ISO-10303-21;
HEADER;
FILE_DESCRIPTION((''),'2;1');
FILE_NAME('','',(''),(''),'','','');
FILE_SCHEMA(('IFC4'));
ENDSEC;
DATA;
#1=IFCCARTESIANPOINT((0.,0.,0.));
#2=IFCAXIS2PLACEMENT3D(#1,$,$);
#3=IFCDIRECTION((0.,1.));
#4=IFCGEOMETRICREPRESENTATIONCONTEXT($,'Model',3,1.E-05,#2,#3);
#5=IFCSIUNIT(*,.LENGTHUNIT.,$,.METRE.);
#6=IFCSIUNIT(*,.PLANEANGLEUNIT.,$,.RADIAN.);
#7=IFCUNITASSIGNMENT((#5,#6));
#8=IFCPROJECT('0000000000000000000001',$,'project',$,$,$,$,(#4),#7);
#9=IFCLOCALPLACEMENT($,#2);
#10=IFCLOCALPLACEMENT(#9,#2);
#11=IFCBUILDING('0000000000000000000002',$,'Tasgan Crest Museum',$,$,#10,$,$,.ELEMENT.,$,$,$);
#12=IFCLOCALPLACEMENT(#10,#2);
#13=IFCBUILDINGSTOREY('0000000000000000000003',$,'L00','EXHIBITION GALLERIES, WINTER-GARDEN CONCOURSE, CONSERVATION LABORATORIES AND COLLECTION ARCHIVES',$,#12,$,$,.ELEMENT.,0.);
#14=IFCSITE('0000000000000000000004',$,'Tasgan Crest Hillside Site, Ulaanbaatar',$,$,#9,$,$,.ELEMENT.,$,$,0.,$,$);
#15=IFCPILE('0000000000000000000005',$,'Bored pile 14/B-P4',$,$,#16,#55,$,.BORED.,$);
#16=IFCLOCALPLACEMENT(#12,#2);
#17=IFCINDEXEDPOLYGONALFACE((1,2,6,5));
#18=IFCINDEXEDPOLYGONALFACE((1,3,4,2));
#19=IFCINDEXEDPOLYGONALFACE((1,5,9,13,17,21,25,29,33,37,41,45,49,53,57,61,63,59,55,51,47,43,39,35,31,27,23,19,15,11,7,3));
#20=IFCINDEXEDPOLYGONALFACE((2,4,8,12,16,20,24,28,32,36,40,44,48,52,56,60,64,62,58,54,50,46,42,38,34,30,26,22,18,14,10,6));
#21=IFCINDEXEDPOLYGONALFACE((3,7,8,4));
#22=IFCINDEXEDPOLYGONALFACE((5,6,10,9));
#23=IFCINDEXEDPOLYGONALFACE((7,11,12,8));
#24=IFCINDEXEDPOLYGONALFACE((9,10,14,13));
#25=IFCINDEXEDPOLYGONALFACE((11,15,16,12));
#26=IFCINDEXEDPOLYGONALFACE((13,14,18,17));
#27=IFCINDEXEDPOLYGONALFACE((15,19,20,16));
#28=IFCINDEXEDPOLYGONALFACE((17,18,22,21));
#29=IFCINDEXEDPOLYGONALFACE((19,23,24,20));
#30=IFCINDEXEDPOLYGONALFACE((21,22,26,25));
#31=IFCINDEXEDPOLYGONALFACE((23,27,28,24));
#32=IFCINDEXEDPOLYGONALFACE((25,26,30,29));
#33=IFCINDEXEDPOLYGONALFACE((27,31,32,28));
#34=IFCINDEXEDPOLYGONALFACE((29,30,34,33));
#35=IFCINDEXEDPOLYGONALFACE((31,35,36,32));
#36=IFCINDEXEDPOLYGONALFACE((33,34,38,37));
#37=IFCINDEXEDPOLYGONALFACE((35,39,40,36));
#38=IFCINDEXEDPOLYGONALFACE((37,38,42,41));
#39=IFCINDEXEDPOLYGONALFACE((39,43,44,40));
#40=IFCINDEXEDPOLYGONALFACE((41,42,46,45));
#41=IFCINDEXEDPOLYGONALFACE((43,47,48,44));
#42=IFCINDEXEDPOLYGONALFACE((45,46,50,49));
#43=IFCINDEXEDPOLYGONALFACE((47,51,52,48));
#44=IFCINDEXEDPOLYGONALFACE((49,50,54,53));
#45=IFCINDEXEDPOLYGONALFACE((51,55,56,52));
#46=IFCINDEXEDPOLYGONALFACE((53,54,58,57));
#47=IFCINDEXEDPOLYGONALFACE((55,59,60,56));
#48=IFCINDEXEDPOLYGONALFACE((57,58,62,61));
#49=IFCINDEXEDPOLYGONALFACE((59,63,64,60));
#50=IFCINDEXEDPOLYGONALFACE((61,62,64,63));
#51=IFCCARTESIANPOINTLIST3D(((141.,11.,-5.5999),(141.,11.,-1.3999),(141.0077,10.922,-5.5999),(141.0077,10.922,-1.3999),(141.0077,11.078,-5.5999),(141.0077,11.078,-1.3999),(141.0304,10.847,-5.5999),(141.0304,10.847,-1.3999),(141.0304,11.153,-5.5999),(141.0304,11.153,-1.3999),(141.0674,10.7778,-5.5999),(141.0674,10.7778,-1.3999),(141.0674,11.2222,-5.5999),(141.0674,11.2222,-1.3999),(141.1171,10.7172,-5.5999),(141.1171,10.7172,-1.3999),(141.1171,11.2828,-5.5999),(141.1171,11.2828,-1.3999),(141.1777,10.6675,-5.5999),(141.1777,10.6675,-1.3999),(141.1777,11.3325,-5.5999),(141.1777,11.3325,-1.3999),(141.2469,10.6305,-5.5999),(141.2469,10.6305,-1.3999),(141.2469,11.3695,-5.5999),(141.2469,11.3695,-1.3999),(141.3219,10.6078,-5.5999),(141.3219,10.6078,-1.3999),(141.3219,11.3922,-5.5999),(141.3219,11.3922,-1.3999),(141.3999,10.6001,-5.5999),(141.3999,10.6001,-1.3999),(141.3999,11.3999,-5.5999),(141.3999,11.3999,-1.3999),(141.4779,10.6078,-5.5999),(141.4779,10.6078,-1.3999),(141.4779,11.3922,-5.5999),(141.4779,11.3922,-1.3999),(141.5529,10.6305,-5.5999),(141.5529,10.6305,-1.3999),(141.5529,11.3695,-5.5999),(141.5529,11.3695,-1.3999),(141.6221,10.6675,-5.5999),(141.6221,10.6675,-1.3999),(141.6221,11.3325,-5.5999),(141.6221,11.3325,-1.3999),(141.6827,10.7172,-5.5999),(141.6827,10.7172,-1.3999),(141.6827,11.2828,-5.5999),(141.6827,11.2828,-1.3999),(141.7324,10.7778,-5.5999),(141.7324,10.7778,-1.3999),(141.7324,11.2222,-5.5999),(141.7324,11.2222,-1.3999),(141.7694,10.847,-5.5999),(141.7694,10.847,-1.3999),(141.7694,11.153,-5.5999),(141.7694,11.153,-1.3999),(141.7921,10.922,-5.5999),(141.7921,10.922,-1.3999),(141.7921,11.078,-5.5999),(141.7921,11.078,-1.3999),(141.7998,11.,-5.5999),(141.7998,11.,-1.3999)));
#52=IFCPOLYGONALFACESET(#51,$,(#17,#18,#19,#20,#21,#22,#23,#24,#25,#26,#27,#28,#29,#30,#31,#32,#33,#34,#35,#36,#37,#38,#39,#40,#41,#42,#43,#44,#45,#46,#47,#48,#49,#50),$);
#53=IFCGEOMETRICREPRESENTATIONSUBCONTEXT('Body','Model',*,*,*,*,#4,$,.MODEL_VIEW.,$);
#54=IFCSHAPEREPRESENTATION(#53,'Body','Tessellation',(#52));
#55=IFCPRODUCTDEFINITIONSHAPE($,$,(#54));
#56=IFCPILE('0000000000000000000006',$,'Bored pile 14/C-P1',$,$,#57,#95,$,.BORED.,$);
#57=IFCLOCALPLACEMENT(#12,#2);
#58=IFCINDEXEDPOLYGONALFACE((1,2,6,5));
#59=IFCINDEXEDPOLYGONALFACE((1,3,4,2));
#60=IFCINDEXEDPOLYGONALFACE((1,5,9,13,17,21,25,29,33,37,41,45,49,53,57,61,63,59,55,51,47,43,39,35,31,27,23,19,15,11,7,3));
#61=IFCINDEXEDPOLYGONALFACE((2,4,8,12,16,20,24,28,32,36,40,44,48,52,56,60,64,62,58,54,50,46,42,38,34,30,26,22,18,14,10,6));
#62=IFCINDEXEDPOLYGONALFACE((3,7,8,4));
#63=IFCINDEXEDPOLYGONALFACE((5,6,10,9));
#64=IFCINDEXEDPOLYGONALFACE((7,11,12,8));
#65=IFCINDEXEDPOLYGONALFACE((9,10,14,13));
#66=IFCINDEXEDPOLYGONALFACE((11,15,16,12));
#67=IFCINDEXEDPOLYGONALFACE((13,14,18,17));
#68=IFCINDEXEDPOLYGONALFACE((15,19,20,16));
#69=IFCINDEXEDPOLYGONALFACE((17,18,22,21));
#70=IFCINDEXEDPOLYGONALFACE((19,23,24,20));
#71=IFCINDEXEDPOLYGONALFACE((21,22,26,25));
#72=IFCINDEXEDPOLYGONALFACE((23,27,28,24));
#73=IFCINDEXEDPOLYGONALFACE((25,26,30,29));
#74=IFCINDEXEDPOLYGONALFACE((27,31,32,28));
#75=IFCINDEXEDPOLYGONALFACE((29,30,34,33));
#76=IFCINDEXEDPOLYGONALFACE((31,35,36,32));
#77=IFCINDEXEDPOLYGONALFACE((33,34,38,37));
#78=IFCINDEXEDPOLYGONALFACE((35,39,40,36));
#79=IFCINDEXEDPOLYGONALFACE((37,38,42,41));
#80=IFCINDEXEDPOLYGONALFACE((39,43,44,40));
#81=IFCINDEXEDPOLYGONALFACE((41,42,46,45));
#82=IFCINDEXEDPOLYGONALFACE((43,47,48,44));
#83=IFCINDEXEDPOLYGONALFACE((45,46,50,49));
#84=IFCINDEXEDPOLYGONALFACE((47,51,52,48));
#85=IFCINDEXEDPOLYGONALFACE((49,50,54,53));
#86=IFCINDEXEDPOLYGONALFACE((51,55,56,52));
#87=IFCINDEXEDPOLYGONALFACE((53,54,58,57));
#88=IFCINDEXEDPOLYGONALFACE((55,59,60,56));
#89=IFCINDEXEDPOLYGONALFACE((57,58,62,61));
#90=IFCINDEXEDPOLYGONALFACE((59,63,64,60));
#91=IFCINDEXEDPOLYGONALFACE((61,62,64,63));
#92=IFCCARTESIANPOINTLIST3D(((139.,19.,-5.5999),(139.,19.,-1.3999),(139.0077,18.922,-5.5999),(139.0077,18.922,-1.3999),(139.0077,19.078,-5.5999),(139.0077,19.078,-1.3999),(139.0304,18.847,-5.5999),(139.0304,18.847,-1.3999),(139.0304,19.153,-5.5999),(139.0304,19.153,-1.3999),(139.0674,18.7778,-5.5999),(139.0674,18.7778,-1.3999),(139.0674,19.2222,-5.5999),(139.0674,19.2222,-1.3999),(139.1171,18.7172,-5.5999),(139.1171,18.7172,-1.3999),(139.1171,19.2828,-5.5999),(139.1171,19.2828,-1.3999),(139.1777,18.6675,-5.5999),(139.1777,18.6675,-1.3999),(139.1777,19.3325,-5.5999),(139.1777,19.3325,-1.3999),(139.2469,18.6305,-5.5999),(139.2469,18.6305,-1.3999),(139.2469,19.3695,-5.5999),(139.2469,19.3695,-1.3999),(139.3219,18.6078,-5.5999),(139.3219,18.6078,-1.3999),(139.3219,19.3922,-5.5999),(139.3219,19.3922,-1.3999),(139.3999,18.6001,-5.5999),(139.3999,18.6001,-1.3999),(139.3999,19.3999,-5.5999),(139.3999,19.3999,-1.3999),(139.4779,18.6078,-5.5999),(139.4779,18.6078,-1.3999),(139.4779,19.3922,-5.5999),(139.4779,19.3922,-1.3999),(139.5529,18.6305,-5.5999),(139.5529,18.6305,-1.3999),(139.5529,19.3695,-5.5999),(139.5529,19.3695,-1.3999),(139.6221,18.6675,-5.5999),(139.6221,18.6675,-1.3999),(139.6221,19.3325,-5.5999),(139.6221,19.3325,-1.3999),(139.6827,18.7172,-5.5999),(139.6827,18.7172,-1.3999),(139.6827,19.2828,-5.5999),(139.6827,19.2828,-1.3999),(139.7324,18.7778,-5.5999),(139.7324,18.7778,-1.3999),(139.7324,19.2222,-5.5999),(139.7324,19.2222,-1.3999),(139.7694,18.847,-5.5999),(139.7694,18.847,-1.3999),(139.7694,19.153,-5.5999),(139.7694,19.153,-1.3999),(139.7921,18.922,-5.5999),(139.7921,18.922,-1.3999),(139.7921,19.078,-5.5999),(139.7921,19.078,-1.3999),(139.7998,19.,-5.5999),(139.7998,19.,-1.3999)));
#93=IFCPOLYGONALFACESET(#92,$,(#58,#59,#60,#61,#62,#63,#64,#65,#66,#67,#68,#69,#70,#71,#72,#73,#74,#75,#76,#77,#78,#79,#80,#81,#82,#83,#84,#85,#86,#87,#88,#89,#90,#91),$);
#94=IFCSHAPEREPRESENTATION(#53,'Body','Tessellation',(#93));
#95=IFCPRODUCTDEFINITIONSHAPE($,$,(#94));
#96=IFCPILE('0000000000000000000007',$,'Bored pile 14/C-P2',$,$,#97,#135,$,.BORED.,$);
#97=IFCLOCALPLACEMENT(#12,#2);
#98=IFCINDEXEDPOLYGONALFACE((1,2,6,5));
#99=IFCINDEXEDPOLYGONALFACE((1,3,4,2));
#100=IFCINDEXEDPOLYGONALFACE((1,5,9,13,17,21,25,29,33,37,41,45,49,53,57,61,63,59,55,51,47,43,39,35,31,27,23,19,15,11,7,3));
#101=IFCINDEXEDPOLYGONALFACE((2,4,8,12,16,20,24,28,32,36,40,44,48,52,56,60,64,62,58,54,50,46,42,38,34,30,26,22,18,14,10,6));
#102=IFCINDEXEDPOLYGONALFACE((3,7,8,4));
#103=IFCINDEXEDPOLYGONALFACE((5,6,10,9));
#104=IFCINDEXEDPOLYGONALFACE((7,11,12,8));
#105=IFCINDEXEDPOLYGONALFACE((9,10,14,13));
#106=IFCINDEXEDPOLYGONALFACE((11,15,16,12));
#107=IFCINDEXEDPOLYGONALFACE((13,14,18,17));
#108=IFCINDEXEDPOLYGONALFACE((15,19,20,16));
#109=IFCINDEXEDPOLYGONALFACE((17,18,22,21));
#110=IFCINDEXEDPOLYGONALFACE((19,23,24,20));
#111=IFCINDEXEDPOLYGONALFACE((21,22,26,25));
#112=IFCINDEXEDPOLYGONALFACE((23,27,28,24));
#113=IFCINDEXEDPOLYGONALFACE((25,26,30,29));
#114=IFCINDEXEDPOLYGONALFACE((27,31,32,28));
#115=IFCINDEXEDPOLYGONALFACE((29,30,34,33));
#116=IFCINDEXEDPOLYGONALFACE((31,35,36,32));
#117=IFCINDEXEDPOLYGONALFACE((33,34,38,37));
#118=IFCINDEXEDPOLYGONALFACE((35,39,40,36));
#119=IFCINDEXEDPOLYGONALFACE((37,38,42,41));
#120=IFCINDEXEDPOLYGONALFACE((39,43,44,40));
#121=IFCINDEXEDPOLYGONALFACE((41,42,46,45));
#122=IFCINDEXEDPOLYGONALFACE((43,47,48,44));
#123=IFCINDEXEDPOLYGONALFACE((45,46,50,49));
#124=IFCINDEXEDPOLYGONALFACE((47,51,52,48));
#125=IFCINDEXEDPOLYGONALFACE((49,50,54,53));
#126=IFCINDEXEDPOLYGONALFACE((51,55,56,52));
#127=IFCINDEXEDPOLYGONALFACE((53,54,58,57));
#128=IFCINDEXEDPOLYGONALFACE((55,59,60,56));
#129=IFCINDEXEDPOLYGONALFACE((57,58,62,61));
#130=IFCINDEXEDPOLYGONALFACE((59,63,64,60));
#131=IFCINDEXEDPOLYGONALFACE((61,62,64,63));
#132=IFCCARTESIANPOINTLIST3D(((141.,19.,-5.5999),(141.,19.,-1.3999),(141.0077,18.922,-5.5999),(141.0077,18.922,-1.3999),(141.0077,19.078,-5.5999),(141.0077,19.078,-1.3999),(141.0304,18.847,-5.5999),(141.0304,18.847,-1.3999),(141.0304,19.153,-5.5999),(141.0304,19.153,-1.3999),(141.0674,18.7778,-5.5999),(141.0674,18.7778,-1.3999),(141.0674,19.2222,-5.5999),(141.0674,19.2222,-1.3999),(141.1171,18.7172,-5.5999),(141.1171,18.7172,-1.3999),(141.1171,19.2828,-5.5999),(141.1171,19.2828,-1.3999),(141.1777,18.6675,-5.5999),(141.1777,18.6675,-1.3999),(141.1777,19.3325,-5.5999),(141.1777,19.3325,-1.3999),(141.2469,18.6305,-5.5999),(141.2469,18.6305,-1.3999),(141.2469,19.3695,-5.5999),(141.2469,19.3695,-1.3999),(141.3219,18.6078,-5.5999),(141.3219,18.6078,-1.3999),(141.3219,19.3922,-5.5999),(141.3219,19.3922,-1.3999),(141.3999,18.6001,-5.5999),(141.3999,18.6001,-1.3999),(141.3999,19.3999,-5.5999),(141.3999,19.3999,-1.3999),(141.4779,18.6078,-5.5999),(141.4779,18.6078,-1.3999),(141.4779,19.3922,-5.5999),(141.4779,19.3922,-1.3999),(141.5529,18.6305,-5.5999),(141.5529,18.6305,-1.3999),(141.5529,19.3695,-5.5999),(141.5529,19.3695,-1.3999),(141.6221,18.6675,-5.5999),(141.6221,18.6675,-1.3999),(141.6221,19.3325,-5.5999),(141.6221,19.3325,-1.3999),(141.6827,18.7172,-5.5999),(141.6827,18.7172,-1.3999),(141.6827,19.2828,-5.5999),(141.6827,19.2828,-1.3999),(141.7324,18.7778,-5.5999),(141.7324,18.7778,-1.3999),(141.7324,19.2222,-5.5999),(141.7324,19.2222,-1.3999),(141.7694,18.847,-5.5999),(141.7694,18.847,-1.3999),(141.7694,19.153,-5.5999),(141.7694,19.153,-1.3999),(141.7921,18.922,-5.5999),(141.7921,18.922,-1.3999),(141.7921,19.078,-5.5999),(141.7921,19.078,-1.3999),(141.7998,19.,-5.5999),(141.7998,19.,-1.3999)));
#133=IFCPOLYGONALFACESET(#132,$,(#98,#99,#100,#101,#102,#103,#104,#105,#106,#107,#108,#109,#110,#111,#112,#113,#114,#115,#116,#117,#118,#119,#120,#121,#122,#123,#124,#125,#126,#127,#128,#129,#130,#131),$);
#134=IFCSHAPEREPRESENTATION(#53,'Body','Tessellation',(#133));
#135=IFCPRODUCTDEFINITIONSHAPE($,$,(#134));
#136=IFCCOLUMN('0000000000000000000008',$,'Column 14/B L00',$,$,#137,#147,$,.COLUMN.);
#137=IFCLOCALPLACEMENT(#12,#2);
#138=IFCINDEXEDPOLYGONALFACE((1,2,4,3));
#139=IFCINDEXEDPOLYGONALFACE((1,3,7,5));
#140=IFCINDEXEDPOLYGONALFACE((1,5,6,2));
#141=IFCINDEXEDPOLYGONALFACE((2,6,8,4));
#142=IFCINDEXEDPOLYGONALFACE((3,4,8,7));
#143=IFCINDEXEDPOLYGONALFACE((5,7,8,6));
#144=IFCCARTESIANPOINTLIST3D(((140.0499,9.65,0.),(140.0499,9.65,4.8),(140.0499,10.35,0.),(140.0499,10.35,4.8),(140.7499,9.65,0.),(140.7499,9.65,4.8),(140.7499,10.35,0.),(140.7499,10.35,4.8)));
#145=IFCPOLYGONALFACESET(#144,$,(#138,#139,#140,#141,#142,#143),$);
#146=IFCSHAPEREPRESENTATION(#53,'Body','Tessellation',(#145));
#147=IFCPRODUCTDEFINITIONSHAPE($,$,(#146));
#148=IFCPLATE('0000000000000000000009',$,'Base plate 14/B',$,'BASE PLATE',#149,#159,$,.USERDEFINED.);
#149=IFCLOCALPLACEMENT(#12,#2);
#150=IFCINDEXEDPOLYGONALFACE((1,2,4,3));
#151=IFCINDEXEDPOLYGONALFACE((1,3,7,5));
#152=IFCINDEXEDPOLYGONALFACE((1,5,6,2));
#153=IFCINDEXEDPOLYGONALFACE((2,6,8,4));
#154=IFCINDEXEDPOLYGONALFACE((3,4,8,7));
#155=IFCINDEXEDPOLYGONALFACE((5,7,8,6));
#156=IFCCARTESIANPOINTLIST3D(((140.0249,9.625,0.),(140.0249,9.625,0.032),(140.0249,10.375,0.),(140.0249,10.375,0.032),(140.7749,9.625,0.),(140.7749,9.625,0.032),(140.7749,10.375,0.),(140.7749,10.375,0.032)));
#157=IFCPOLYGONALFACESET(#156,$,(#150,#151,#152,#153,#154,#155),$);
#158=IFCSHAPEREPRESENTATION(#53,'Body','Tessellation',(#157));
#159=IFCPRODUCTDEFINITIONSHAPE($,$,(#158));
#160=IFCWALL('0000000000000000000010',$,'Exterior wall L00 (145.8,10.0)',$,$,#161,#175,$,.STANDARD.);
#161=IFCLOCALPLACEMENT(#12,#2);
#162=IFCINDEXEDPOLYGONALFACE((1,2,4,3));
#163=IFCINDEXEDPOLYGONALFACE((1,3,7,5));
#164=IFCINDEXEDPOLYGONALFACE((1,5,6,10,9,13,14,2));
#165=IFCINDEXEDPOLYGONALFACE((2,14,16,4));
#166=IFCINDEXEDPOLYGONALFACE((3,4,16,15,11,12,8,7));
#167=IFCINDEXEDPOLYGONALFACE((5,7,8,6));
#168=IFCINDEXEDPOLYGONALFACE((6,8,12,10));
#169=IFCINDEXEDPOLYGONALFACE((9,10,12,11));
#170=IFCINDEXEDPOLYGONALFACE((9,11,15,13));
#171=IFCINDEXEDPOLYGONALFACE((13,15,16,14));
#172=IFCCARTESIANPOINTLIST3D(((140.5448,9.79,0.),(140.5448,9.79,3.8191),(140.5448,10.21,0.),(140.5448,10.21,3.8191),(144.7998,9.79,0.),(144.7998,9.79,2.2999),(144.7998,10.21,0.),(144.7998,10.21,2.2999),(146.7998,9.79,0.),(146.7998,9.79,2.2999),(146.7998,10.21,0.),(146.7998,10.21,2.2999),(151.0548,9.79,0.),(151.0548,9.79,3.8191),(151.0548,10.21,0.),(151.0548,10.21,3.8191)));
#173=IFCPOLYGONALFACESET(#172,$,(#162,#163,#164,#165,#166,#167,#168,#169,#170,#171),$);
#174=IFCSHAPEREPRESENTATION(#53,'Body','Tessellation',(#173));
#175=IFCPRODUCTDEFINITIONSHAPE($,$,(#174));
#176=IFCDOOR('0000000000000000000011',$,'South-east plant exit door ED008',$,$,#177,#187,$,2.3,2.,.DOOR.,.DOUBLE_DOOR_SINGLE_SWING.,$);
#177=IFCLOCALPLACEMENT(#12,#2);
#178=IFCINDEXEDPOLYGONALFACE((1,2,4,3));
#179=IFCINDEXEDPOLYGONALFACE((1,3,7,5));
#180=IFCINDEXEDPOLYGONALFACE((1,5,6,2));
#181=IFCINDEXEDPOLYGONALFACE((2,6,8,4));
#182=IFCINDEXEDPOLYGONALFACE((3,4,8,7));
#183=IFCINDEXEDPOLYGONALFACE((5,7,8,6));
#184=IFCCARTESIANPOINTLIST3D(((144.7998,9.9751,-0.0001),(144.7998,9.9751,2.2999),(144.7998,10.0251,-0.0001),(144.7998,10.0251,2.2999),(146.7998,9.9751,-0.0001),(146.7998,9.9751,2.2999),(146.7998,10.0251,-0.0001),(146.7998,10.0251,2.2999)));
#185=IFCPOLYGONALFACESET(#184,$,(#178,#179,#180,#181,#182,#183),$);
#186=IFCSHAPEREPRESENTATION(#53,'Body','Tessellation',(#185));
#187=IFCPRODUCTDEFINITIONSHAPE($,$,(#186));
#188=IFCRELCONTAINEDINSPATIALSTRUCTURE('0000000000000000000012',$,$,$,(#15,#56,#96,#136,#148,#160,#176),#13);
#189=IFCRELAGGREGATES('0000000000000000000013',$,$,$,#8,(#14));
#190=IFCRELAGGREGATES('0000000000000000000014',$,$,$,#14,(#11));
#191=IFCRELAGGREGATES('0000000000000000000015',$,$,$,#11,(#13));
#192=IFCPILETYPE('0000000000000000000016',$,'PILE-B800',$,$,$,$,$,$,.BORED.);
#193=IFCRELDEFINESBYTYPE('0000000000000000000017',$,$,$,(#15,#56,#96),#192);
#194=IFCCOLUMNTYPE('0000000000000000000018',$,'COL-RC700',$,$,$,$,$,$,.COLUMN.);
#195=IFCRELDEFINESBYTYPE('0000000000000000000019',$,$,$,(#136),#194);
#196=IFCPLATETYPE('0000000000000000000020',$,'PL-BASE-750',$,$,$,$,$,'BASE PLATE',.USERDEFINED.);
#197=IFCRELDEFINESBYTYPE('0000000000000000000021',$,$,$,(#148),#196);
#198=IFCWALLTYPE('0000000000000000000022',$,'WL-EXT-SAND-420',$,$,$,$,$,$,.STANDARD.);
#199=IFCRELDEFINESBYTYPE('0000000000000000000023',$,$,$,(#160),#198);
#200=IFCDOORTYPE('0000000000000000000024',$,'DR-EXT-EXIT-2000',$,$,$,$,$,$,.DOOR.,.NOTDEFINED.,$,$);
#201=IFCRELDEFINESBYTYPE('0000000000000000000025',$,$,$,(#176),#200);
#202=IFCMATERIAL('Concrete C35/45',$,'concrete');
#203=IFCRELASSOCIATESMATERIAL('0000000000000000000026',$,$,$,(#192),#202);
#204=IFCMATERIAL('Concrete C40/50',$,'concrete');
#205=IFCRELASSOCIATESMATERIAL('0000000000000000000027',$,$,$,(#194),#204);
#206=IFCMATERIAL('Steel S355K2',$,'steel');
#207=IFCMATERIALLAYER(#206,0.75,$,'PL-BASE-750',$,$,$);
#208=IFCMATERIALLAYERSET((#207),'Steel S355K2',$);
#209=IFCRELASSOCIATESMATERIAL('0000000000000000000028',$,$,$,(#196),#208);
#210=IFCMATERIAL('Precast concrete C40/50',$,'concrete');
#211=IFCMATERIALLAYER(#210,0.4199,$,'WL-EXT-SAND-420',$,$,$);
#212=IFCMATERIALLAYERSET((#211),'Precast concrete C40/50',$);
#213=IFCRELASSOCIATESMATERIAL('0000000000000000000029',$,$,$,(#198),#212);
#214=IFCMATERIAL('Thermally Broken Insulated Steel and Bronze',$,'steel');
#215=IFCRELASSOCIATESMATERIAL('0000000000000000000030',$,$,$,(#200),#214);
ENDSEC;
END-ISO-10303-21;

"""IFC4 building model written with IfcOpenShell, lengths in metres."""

from ifc_helpers import new_model, si_unit, direction, frame, frame_2d, origin, origin_2d, place, context, subcontext, project, spatial, rectangle, circle, extrude, material, layer, layer_set, material_profile, profile_set, type_object, element, fill, save


model = new_model("IFC4")

# Units and contexts
model_context = context("Model", 3, precision=1e-05, world=origin(), true_north=direction((0.0, 1.0)))
body_context = subcontext(model_context, "Body", "Model", "MODEL_VIEW")
ifc_project = project(units=[si_unit("LENGTHUNIT", "METRE"), si_unit("PLANEANGLEUNIT", "RADIAN")], contexts=[model_context])

# Site, building, storey
site_placement = place(None, origin())
site = spatial("IfcSite", under=ifc_project, at=site_placement, Name="Tasgan Crest Hillside Site, Ulaanbaatar", CompositionType="ELEMENT", RefElevation=0.0)
building_placement = place(site_placement, origin())
building = spatial("IfcBuilding", under=site, at=building_placement, Name="Tasgan Crest Museum", CompositionType="ELEMENT")
storey_placement = place(building_placement, origin())
storey = spatial("IfcBuildingStorey", under=building, at=storey_placement, Name="L00", Description="EXHIBITION GALLERIES, WINTER-GARDEN CONCOURSE, CONSERVATION LABORATORIES AND COLLECTION ARCHIVES", CompositionType="ELEMENT", Elevation=0.0)

# Piles
ifc_material_1 = material(Name="Concrete C35/45", Category="concrete")
ifc_material_profile_1 = material_profile(ifc_material_1, circle(Radius=0.3999, at=origin_2d()), Name="PILE D800")
ifc_profile_set_1 = profile_set([ifc_material_profile_1], Name="Concrete C35/45")
pile_type = type_object("IfcPileType", Name="PILE-B800", PredefinedType="BORED", material=ifc_profile_set_1)
for number, where, z_axis, x_axis, name in (
    (1, (141.3999, 11.0, -1.3999), (0.0, 0.0, -1.0), (1.0, 0.0, 0.0), "Bored pile 14/B-P4"),
    (2, (139.3999, 19.0, -1.3999), (0.0, 0.0, -1.0), (1.0, 0.0, 0.0), "Bored pile 14/C-P1"),
    (3, (141.3999, 19.0, -1.3999), (0.0, 0.0, -1.0), (1.0, 0.0, 0.0), "Bored pile 14/C-P2"),
):
    element("IfcPile", number, at=place(storey_placement, frame(where, z_axis=z_axis, x_axis=x_axis)), inside=storey, type_object=pile_type, Name=name, PredefinedType="BORED", context=body_context, shape_type="SweptSolid", body=[
        extrude(circle(Radius=0.3999, at=origin_2d()), origin(), (0.0, 0.0, 1.0), 4.2),
    ])

# Column
ifc_material_2 = material(Name="Concrete C40/50", Category="concrete")
ifc_material_profile_2 = material_profile(ifc_material_2, rectangle(XDim=0.7, YDim=0.7, at=origin_2d()), Name="RC 700x700")
ifc_profile_set_2 = profile_set([ifc_material_profile_2], Name="Concrete C40/50")
column_type = type_object("IfcColumnType", Name="COL-RC700", PredefinedType="COLUMN", material=ifc_profile_set_2)
column_placement = place(storey_placement, frame((140.3999, 10.0, 0.0), z_axis=(0.0, 0.0, 1.0), x_axis=(1.0, 0.0, 0.0)))
element("IfcColumn", 4, at=column_placement, inside=storey, type_object=column_type, Name="Column 14/B L00", PredefinedType="COLUMN", context=body_context, shape_type="SweptSolid", body=[
    extrude(rectangle(XDim=0.7, YDim=0.7, at=origin_2d()), origin(), (0.0, 0.0, 1.0), 4.8),
])

# Plate
ifc_material_3 = material(Name="Steel S355K2", Category="steel")
ifc_layer_1 = layer(ifc_material_3, 0.75, Name="PL-BASE-750")
ifc_layer_set_1 = layer_set([ifc_layer_1], Name="Steel S355K2")
plate_type = type_object("IfcPlateType", Name="PL-BASE-750", ElementType="BASE PLATE", PredefinedType="USERDEFINED", material=ifc_layer_set_1)
plate_placement = place(storey_placement, frame((140.3999, 10.0, 0.0), z_axis=(0.0, 0.0, 1.0), x_axis=(1.0, 0.0, 0.0)))
element("IfcPlate", 5, at=plate_placement, inside=storey, type_object=plate_type, Name="Base plate 14/B", ObjectType="BASE PLATE", PredefinedType="USERDEFINED", context=body_context, shape_type="SweptSolid", body=[
    extrude(rectangle(XDim=0.75, YDim=0.75, at=origin_2d()), origin(), (0.0, 0.0, 1.0), 0.032),
])

# Wall, opening, door
ifc_material_4 = material(Name="Precast concrete C40/50", Category="concrete")
ifc_layer_2 = layer(ifc_material_4, 0.4199, Name="WL-EXT-SAND-420")
ifc_layer_set_2 = layer_set([ifc_layer_2], Name="Precast concrete C40/50")
wall_type_1 = type_object("IfcWallType", Name="WL-EXT-SAND-420", PredefinedType="STANDARD", material=ifc_layer_set_2)
wall_1_placement = place(storey_placement, frame((140.5449, 10.0, 0.0), z_axis=(0.0, 0.0, 1.0), x_axis=(1.0, 0.0, 0.0)))
wall_1 = element("IfcWall", 6, at=wall_1_placement, inside=storey, type_object=wall_type_1, Name="Exterior wall L00 (145.8,10.0)", PredefinedType="STANDARD", context=body_context, shape_type="SweptSolid", body=[
    extrude(rectangle(XDim=10.51, YDim=0.4199, at=frame_2d((5.2549, 0.0))), origin(), (0.0, 0.0, 1.0), 3.8191),
])
opening_1_placement = place(wall_1_placement, frame((4.2549, 0.0, 0.0)))
opening_1 = element("IfcOpeningElement", 7, at=opening_1_placement, cuts=wall_1, PredefinedType="OPENING", context=body_context, shape_type="SweptSolid", body=[
    extrude(rectangle(XDim=2.0, YDim=2.3, at=frame_2d((1.0, 1.1499))), frame((0.0, 0.22, 0.0), z_axis=(0.0, -1.0, 0.0), x_axis=(1.0, 0.0, 0.0)), (0.0, 0.0, 1.0), 0.4399),
])
ifc_material_5 = material(Name="Thermally Broken Insulated Steel and Bronze", Category="steel")
door_type_1 = type_object("IfcDoorType", Name="DR-EXT-EXIT-2000", OperationType="NOTDEFINED", PredefinedType="DOOR", material=ifc_material_5)
door_1_placement = place(opening_1_placement, frame((2.0, 0.0, 0.0), z_axis=(0.0, 0.0, 1.0), x_axis=(-1.0, 0.0, 0.0)))
door_1 = element("IfcDoor", 8, at=door_1_placement, inside=storey, type_object=door_type_1, Name="South-east plant exit door ED008", OperationType="DOUBLE_DOOR_SINGLE_SWING", OverallHeight=2.3, OverallWidth=2.0, PredefinedType="DOOR", context=body_context, shape_type="SweptSolid", body=[
    extrude(rectangle(XDim=2.0, YDim=2.3, at=frame_2d((1.0, 1.1499))), frame((0.0, 0.0249, 0.0), z_axis=(0.0, -1.0, 0.0), x_axis=(1.0, 0.0, 0.0)), (0.0, 0.0, 1.0), 0.05),
])
fill(opening_1, door_1)

save(model, "model.ifc")
